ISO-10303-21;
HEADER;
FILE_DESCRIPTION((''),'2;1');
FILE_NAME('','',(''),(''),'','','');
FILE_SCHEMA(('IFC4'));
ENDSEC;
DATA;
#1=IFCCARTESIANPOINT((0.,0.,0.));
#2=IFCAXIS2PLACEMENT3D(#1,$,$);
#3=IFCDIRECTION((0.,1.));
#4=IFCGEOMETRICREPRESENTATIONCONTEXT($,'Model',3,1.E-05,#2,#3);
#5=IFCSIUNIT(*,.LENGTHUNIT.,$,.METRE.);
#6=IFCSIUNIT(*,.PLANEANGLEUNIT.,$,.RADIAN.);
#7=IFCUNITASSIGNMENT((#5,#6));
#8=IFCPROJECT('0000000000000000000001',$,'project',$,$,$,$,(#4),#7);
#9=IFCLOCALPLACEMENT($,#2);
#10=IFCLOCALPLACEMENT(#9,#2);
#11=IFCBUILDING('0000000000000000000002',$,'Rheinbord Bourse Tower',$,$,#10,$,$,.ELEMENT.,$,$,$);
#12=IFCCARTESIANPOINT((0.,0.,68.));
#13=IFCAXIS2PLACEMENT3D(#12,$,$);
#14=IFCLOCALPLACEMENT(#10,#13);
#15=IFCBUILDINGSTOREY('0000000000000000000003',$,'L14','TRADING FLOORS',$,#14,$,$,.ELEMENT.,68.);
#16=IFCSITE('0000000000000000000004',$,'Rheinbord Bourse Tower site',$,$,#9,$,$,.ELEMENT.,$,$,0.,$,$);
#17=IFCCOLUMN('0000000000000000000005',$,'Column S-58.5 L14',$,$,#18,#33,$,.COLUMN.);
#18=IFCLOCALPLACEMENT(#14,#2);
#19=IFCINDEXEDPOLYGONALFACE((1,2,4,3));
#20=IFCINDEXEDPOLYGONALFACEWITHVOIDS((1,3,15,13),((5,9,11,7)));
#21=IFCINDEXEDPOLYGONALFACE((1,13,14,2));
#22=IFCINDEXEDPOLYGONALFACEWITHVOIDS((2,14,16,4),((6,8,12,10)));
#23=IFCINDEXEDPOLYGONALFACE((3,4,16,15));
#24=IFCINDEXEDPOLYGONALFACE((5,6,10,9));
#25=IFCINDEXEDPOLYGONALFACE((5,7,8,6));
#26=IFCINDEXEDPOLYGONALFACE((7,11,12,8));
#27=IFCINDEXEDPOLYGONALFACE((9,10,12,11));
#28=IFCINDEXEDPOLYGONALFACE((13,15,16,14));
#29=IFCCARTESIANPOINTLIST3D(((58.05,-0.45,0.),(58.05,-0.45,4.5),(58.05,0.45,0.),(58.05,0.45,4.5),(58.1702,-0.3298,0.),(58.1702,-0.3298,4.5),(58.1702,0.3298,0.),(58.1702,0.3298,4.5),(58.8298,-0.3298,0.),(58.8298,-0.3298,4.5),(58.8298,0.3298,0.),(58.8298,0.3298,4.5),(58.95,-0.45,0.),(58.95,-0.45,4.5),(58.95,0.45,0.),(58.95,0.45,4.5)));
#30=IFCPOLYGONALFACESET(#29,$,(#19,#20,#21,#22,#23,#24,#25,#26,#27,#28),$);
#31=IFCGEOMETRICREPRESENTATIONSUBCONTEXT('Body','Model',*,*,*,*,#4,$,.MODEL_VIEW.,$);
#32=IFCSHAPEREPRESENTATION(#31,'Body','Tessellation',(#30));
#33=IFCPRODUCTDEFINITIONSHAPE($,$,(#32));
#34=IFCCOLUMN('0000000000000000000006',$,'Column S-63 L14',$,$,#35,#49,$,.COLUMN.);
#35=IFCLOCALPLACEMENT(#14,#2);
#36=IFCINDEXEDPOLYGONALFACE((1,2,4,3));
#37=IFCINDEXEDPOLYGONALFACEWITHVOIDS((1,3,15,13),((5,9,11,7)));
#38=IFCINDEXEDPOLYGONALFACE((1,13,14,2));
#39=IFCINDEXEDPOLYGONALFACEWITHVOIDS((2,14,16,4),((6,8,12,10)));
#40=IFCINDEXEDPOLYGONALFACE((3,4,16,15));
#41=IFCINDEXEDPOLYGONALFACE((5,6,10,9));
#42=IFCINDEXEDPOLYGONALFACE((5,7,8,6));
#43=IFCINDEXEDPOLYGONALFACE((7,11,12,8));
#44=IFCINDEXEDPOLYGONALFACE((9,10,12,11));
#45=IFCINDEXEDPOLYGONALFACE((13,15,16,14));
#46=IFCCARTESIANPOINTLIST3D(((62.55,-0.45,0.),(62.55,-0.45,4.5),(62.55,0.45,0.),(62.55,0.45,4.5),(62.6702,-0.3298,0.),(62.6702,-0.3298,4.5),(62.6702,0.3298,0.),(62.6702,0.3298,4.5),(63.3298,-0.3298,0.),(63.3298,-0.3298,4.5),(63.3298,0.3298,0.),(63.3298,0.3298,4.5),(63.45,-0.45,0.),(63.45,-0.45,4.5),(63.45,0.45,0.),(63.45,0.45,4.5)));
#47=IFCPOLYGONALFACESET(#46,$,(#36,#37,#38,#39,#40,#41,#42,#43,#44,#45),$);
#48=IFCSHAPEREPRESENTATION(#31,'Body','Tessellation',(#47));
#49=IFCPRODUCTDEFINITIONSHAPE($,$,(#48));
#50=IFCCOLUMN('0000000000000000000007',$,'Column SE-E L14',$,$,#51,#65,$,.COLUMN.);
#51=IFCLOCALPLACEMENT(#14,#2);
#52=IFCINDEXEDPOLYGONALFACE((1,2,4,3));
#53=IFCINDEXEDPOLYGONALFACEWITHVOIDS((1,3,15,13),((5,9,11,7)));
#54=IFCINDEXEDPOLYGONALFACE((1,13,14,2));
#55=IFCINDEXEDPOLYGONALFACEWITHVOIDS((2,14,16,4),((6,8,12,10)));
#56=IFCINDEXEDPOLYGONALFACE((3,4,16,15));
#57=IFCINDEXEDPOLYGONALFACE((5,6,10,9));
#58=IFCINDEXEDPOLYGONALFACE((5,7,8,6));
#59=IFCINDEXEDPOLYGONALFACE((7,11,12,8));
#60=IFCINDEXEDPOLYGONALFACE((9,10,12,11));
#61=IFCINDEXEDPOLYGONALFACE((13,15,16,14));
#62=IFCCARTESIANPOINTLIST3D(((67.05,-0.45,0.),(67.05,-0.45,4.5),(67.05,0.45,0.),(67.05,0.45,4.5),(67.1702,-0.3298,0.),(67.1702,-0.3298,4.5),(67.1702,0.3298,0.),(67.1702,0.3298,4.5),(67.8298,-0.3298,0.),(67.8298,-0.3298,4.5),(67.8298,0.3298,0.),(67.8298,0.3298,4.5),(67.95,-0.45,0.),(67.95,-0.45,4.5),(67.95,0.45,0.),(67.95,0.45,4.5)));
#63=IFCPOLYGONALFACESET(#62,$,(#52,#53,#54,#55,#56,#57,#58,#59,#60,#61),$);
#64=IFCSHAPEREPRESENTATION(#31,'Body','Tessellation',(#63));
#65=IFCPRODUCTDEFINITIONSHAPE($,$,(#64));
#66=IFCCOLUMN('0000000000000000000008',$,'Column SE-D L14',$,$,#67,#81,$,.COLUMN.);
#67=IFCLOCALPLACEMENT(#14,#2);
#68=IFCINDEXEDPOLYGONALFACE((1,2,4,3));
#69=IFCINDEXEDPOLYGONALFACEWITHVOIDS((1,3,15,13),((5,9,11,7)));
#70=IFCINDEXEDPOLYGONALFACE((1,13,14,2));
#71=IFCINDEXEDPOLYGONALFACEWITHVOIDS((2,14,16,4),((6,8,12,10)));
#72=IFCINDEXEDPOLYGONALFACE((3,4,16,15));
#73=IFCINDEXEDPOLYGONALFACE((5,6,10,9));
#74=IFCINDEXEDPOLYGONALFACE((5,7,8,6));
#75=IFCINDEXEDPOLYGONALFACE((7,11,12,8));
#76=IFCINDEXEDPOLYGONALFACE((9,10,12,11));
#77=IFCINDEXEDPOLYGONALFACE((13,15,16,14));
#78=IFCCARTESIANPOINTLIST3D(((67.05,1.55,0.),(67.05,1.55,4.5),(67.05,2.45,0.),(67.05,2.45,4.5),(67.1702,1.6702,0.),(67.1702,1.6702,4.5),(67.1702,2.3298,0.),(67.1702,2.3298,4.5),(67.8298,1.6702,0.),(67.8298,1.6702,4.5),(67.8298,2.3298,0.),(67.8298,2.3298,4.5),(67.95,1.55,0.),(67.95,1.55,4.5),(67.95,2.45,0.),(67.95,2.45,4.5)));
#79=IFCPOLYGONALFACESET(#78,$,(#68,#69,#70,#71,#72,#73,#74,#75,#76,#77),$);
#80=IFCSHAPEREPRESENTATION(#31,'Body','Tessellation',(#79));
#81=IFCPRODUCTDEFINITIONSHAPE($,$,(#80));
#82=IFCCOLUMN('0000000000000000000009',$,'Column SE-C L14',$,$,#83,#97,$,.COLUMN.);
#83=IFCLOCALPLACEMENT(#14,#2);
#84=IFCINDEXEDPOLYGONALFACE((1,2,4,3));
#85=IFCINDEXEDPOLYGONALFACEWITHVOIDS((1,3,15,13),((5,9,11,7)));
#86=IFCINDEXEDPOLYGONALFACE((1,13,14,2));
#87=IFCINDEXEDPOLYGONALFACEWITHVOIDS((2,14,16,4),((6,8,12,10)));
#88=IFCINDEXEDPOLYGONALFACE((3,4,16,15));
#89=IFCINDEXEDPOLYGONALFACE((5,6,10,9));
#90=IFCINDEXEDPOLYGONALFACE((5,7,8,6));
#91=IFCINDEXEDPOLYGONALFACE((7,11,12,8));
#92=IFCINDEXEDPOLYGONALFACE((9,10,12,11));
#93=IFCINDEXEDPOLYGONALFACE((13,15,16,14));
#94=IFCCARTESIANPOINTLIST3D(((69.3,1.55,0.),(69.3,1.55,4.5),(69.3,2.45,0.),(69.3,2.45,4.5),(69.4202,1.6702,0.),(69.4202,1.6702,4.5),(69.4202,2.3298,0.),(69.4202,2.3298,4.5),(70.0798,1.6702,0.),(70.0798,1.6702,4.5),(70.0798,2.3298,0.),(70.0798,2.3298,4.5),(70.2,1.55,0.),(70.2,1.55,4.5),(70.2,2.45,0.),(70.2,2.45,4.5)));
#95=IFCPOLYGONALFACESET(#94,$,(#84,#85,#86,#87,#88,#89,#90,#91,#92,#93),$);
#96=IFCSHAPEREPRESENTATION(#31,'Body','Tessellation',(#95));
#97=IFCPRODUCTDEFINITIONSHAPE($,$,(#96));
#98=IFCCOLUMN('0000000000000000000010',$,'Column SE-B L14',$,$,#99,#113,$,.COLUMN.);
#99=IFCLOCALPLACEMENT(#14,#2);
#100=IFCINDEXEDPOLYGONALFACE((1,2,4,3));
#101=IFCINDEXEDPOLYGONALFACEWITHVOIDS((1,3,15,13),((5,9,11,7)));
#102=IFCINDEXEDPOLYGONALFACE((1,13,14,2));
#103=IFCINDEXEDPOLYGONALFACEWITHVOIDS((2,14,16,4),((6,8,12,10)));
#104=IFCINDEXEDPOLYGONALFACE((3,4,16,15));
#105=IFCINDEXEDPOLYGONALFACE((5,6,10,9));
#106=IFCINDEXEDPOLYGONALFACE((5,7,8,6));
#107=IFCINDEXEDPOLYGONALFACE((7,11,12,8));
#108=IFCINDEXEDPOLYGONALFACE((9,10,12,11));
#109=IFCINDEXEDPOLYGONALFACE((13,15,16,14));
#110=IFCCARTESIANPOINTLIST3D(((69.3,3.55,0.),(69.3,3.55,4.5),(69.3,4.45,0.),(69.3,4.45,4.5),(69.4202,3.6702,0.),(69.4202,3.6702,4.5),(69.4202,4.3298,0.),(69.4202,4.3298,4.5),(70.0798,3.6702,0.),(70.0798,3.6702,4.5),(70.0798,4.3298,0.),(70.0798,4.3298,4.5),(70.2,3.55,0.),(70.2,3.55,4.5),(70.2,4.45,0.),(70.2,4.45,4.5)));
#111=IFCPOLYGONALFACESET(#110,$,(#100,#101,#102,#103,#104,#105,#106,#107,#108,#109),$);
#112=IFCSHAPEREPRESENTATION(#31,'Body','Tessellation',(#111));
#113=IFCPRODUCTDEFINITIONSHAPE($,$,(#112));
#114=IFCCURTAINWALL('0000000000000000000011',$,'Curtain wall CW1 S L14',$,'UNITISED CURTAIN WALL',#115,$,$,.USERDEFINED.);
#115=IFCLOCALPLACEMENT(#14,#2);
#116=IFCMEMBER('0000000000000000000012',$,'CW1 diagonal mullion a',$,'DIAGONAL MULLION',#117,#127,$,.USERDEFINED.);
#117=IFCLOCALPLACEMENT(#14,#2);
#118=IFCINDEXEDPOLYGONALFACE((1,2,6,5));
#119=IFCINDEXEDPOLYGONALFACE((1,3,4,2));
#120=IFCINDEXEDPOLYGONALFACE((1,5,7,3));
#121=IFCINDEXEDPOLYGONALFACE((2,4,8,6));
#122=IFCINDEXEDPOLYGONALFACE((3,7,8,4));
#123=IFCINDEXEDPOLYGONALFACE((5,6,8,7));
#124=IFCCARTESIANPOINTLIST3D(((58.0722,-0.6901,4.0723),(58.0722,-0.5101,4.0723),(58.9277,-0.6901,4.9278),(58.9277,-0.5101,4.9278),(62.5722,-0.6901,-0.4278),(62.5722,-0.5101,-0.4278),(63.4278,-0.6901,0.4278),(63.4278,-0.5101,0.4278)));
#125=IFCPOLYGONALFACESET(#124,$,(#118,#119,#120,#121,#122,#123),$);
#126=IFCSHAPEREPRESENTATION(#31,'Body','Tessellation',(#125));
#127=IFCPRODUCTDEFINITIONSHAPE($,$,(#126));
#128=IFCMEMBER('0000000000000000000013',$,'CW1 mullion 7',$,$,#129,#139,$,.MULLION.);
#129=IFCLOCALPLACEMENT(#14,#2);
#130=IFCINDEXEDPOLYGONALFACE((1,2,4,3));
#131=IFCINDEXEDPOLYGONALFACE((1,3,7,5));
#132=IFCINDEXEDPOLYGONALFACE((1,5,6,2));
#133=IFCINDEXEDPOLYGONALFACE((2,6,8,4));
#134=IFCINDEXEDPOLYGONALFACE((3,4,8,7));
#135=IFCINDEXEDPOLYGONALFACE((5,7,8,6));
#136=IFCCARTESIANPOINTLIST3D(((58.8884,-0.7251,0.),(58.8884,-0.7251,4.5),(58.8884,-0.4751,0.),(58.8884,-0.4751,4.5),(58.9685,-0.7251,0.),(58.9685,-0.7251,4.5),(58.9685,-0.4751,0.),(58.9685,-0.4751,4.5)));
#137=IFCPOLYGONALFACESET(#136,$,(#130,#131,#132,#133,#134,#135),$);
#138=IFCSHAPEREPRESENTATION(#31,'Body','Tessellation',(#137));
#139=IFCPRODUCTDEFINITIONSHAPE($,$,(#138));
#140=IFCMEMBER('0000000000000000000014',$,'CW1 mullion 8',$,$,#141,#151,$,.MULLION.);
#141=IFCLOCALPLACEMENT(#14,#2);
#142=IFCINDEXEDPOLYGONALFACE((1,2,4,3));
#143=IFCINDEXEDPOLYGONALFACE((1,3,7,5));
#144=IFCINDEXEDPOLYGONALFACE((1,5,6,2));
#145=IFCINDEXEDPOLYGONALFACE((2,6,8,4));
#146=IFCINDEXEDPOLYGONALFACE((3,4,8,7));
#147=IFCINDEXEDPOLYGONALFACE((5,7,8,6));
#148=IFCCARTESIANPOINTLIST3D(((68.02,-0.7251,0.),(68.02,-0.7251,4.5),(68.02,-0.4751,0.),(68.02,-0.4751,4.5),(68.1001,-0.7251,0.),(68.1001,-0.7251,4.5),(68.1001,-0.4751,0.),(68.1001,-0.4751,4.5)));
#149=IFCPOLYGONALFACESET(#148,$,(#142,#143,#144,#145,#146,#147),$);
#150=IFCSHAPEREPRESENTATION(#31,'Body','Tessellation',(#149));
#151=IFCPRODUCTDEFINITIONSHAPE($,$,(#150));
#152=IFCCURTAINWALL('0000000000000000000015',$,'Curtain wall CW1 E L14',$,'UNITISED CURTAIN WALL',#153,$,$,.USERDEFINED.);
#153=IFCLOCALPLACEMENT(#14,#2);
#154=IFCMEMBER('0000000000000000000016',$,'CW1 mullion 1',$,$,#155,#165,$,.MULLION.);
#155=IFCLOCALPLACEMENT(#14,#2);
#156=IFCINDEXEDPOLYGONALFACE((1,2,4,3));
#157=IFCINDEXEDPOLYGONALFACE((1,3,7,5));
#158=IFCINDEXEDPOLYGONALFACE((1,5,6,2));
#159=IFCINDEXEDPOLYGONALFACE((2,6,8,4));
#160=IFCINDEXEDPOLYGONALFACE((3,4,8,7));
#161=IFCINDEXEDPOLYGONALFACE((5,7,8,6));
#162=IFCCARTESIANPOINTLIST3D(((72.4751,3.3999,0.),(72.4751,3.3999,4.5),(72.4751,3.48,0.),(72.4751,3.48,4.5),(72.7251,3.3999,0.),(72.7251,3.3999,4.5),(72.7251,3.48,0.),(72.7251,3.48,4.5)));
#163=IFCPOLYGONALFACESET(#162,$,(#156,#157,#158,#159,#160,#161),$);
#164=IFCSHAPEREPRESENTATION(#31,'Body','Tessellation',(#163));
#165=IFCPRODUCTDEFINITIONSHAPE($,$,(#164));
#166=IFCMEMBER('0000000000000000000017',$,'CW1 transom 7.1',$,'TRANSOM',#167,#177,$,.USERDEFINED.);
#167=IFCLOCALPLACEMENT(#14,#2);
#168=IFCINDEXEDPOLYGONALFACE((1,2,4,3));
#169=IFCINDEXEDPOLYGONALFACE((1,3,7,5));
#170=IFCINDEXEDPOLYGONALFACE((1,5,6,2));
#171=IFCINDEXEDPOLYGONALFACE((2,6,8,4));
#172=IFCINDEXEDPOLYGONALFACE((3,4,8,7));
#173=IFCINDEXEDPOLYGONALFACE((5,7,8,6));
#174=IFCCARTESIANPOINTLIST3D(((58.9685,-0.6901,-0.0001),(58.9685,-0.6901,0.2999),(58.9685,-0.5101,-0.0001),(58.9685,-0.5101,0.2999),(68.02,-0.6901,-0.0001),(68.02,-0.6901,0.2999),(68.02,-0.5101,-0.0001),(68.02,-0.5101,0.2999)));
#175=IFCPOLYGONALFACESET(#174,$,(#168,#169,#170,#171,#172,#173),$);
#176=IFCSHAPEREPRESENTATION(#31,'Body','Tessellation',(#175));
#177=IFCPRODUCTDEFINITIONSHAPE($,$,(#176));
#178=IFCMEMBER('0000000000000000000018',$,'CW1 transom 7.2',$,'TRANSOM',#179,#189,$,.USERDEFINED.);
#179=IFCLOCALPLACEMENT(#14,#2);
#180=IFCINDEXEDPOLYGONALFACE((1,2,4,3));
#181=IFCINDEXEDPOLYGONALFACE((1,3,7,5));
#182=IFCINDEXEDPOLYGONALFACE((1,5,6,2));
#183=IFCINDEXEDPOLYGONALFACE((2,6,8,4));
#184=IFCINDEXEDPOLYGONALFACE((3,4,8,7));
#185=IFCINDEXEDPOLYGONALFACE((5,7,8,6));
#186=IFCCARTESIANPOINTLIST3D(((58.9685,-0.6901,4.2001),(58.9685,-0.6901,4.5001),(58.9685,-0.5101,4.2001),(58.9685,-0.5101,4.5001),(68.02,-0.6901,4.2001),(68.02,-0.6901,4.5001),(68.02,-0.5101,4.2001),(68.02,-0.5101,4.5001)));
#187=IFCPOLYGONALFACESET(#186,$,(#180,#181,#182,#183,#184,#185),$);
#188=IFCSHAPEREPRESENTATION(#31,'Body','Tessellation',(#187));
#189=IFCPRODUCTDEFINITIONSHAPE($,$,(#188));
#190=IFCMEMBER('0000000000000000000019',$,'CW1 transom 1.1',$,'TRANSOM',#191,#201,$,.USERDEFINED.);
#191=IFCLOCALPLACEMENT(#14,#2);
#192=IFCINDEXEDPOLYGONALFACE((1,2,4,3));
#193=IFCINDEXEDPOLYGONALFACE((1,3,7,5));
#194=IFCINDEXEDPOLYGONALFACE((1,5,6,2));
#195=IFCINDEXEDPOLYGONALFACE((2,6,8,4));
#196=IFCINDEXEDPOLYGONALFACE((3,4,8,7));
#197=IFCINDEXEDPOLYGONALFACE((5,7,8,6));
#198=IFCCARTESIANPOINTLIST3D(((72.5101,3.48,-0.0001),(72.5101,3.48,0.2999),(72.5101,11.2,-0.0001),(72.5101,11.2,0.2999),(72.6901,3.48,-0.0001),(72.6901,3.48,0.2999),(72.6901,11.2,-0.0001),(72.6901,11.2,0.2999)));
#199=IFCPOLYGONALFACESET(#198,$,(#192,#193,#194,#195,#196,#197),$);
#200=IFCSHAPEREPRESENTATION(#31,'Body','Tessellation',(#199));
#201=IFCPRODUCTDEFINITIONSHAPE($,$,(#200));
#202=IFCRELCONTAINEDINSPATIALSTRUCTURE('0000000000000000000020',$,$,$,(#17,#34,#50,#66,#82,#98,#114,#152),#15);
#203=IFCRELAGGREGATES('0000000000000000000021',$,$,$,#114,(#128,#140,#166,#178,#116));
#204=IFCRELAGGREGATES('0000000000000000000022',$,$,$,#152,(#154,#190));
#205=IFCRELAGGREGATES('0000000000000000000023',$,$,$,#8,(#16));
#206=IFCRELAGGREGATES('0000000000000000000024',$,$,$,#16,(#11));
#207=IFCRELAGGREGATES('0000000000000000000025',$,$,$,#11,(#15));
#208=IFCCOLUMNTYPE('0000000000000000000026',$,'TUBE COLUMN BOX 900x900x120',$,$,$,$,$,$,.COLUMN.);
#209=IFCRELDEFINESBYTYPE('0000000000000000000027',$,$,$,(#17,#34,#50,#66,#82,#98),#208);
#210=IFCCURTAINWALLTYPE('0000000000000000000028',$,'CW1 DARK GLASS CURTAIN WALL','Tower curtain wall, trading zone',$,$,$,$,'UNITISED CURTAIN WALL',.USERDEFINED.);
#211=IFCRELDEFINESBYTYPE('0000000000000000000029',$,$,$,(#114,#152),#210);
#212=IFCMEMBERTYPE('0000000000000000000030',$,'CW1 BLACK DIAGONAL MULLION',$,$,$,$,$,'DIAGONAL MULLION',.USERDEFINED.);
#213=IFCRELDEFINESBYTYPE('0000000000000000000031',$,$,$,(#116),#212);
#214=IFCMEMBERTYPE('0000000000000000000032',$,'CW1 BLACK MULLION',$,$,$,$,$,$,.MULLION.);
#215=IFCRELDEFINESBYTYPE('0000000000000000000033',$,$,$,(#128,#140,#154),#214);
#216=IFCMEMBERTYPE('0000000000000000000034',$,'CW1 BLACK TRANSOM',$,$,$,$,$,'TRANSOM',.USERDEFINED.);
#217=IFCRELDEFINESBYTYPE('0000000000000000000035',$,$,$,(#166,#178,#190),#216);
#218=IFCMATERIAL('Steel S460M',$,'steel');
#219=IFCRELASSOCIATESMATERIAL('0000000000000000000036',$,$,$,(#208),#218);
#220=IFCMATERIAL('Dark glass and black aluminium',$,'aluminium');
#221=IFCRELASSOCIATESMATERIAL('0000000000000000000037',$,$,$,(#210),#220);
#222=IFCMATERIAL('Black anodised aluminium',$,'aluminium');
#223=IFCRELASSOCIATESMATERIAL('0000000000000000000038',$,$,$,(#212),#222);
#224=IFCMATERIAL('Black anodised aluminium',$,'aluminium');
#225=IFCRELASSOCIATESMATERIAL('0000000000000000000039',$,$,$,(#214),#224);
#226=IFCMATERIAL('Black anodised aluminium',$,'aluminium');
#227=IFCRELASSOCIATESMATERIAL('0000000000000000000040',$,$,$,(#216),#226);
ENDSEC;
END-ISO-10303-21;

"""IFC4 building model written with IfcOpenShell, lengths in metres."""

from ifc_helpers import new_model, si_unit, direction, frame, origin, origin_2d, place, context, subcontext, project, spatial, rectangle, hollow_rectangle, extrude, material, material_profile, profile_set, type_object, element, aggregate, save


model = new_model("IFC4")

# Units and contexts
model_context = context("Model", 3, precision=1e-05, world=origin(), true_north=direction((0.0, 1.0)))
body_context = subcontext(model_context, "Body", "Model", "MODEL_VIEW")
ifc_project = project(units=[si_unit("LENGTHUNIT", "METRE"), si_unit("PLANEANGLEUNIT", "RADIAN")], contexts=[model_context])

# Site, building, storey
site_placement = place(None, origin())
site = spatial("IfcSite", under=ifc_project, at=site_placement, Name="Rheinbord Bourse Tower site", CompositionType="ELEMENT", RefElevation=0.0)
building_placement = place(site_placement, origin())
building = spatial("IfcBuilding", under=site, at=building_placement, Name="Rheinbord Bourse Tower", CompositionType="ELEMENT")
storey_placement = place(building_placement, frame((0.0, 0.0, 68.0)))
storey = spatial("IfcBuildingStorey", under=building, at=storey_placement, Name="L14", Description="TRADING FLOORS", CompositionType="ELEMENT", Elevation=68.0)

# Columns
ifc_material_1 = material(Name="Steel S460M", Category="steel")
ifc_material_profile_1 = material_profile(ifc_material_1, hollow_rectangle(XDim=0.8999, YDim=0.8999, WallThickness=0.1201, at=origin_2d()), Name="BOX 900x900x120")
ifc_profile_set_1 = profile_set([ifc_material_profile_1], Name="Steel S460M")
column_type = type_object("IfcColumnType", Name="TUBE COLUMN BOX 900x900x120", PredefinedType="COLUMN", material=ifc_profile_set_1)
for number, where, z_axis, x_axis, name in (
    (1, (58.5, 0.0, 0.0), (0.0, 0.0, 1.0), (0.0, 1.0, 0.0), "Column S-58.5 L14"),
    (2, (63.0, 0.0, 0.0), (0.0, 0.0, 1.0), (0.0, 1.0, 0.0), "Column S-63 L14"),
    (3, (67.5, 0.0, 0.0), (0.0, 0.0, 1.0), (0.0, 1.0, 0.0), "Column SE-E L14"),
    (4, (67.5, 2.0, 0.0), (0.0, 0.0, 1.0), (0.0, 1.0, 0.0), "Column SE-D L14"),
    (5, (69.75, 2.0, 0.0), (0.0, 0.0, 1.0), (1.0, 0.0, 0.0), "Column SE-C L14"),
    (6, (69.75, 4.0, 0.0), (0.0, 0.0, 1.0), (1.0, 0.0, 0.0), "Column SE-B L14"),
):
    element("IfcColumn", number, at=place(storey_placement, frame(where, z_axis=z_axis, x_axis=x_axis)), inside=storey, type_object=column_type, Name=name, PredefinedType="COLUMN", context=body_context, shape_type="SweptSolid", body=[
        extrude(hollow_rectangle(XDim=0.8999, YDim=0.8999, WallThickness=0.1201, at=origin_2d()), origin(), (0.0, 0.0, 1.0), 4.5),
    ])

# Curtain wall, members
ifc_material_2 = material(Name="Dark glass and black aluminium", Category="aluminium")
curtain_wall_type = type_object("IfcCurtainWallType", Name="CW1 DARK GLASS CURTAIN WALL", Description="Tower curtain wall, trading zone", ElementType="UNITISED CURTAIN WALL", PredefinedType="USERDEFINED", material=ifc_material_2)
curtain_wall_1_placement = place(storey_placement, origin())
curtain_wall_1 = element("IfcCurtainWall", 7, at=curtain_wall_1_placement, inside=storey, type_object=curtain_wall_type, Name="Curtain wall CW1 S L14", ObjectType="UNITISED CURTAIN WALL", PredefinedType="USERDEFINED")
ifc_material_3 = material(Name="Black anodised aluminium", Category="aluminium")
ifc_material_profile_2 = material_profile(ifc_material_3, rectangle(XDim=0.1799, YDim=1.21, at=origin_2d()), Name="CW1 DIAGONAL MULLION 1210x180")
ifc_profile_set_2 = profile_set([ifc_material_profile_2], Name="Black anodised aluminium")
member_type_1 = type_object("IfcMemberType", Name="CW1 BLACK DIAGONAL MULLION", ElementType="DIAGONAL MULLION", PredefinedType="USERDEFINED", material=ifc_profile_set_2)
member_1_placement = place(storey_placement, frame((63.0, -0.6001, 0.0), z_axis=(-0.707107, 0.0, 0.707107), x_axis=(0.0, -1.0, 0.0)))
member_1 = element("IfcMember", 8, at=member_1_placement, type_object=member_type_1, Name="CW1 diagonal mullion a", ObjectType="DIAGONAL MULLION", PredefinedType="USERDEFINED", context=body_context, shape_type="SweptSolid", body=[
    extrude(rectangle(XDim=0.1799, YDim=1.21, at=origin_2d()), origin(), (0.0, 0.0, 1.0), 6.364),
])
ifc_material_4 = material(Name="Black anodised aluminium", Category="aluminium")
ifc_material_profile_3 = material_profile(ifc_material_4, rectangle(XDim=0.25, YDim=0.0801, at=origin_2d()), Name="CW1 MULLION 80x250")
ifc_profile_set_3 = profile_set([ifc_material_profile_3], Name="Black anodised aluminium")
member_type_2 = type_object("IfcMemberType", Name="CW1 BLACK MULLION", PredefinedType="MULLION", material=ifc_profile_set_3)
member_2_placement = place(storey_placement, frame((58.9285, -0.6001, 0.0), z_axis=(0.0, 0.0, 1.0), x_axis=(0.0, 1.0, 0.0)))
member_2 = element("IfcMember", 9, at=member_2_placement, type_object=member_type_2, Name="CW1 mullion 7", PredefinedType="MULLION", context=body_context, shape_type="SweptSolid", body=[
    extrude(rectangle(XDim=0.25, YDim=0.0801, at=origin_2d()), origin(), (0.0, 0.0, 1.0), 4.5),
])
member_3_placement = place(storey_placement, frame((68.0601, -0.6001, 0.0), z_axis=(0.0, 0.0, 1.0), x_axis=(0.0, 1.0, 0.0)))
member_3 = element("IfcMember", 10, at=member_3_placement, type_object=member_type_2, Name="CW1 mullion 8", PredefinedType="MULLION", context=body_context, shape_type="SweptSolid", body=[
    extrude(rectangle(XDim=0.25, YDim=0.0801, at=origin_2d()), origin(), (0.0, 0.0, 1.0), 4.5),
])

# Curtain wall, member
curtain_wall_2_placement = place(storey_placement, origin())
curtain_wall_2 = element("IfcCurtainWall", 11, at=curtain_wall_2_placement, inside=storey, type_object=curtain_wall_type, Name="Curtain wall CW1 E L14", ObjectType="UNITISED CURTAIN WALL", PredefinedType="USERDEFINED")
member_4_placement = place(storey_placement, frame((72.6001, 3.4399, 0.0), z_axis=(0.0, 0.0, 1.0), x_axis=(-1.0, 0.0, 0.0)))
member_4 = element("IfcMember", 12, at=member_4_placement, type_object=member_type_2, Name="CW1 mullion 1", PredefinedType="MULLION", context=body_context, shape_type="SweptSolid", body=[
    extrude(rectangle(XDim=0.25, YDim=0.0801, at=origin_2d()), origin(), (0.0, 0.0, 1.0), 4.5),
])

# Members
ifc_material_5 = material(Name="Black anodised aluminium", Category="aluminium")
ifc_material_profile_4 = material_profile(ifc_material_5, rectangle(XDim=0.1799, YDim=0.3, at=origin_2d()), Name="CW1 TRANSOM 300x180")
ifc_profile_set_4 = profile_set([ifc_material_profile_4], Name="Black anodised aluminium")
member_type_3 = type_object("IfcMemberType", Name="CW1 BLACK TRANSOM", ElementType="TRANSOM", PredefinedType="USERDEFINED", material=ifc_profile_set_4)
member_5_placement = place(storey_placement, frame((58.9685, -0.6001, 0.1499), z_axis=(1.0, 0.0, 0.0), x_axis=(0.0, 1.0, 0.0)))
member_5 = element("IfcMember", 13, at=member_5_placement, type_object=member_type_3, Name="CW1 transom 7.1", ObjectType="TRANSOM", PredefinedType="USERDEFINED", context=body_context, shape_type="SweptSolid", body=[
    extrude(rectangle(XDim=0.1799, YDim=0.3, at=origin_2d()), origin(), (0.0, 0.0, 1.0), 9.0515),
])
member_6_placement = place(storey_placement, frame((58.9685, -0.6001, 4.3501), z_axis=(1.0, 0.0, 0.0), x_axis=(0.0, 1.0, 0.0)))
member_6 = element("IfcMember", 14, at=member_6_placement, type_object=member_type_3, Name="CW1 transom 7.2", ObjectType="TRANSOM", PredefinedType="USERDEFINED", context=body_context, shape_type="SweptSolid", body=[
    extrude(rectangle(XDim=0.1799, YDim=0.3, at=origin_2d()), origin(), (0.0, 0.0, 1.0), 9.0515),
])
member_7_placement = place(storey_placement, frame((72.6001, 3.48, 0.1499), z_axis=(0.0, 1.0, 0.0), x_axis=(-1.0, 0.0, 0.0)))
member_7 = element("IfcMember", 15, at=member_7_placement, type_object=member_type_3, Name="CW1 transom 1.1", ObjectType="TRANSOM", PredefinedType="USERDEFINED", context=body_context, shape_type="SweptSolid", body=[
    extrude(rectangle(XDim=0.1799, YDim=0.3, at=origin_2d()), origin(), (0.0, 0.0, 1.0), 7.72),
])

aggregate(curtain_wall_1, [member_2, member_3, member_5, member_6, member_1])
aggregate(curtain_wall_2, [member_4, member_7])

save(model, "model.ifc")
